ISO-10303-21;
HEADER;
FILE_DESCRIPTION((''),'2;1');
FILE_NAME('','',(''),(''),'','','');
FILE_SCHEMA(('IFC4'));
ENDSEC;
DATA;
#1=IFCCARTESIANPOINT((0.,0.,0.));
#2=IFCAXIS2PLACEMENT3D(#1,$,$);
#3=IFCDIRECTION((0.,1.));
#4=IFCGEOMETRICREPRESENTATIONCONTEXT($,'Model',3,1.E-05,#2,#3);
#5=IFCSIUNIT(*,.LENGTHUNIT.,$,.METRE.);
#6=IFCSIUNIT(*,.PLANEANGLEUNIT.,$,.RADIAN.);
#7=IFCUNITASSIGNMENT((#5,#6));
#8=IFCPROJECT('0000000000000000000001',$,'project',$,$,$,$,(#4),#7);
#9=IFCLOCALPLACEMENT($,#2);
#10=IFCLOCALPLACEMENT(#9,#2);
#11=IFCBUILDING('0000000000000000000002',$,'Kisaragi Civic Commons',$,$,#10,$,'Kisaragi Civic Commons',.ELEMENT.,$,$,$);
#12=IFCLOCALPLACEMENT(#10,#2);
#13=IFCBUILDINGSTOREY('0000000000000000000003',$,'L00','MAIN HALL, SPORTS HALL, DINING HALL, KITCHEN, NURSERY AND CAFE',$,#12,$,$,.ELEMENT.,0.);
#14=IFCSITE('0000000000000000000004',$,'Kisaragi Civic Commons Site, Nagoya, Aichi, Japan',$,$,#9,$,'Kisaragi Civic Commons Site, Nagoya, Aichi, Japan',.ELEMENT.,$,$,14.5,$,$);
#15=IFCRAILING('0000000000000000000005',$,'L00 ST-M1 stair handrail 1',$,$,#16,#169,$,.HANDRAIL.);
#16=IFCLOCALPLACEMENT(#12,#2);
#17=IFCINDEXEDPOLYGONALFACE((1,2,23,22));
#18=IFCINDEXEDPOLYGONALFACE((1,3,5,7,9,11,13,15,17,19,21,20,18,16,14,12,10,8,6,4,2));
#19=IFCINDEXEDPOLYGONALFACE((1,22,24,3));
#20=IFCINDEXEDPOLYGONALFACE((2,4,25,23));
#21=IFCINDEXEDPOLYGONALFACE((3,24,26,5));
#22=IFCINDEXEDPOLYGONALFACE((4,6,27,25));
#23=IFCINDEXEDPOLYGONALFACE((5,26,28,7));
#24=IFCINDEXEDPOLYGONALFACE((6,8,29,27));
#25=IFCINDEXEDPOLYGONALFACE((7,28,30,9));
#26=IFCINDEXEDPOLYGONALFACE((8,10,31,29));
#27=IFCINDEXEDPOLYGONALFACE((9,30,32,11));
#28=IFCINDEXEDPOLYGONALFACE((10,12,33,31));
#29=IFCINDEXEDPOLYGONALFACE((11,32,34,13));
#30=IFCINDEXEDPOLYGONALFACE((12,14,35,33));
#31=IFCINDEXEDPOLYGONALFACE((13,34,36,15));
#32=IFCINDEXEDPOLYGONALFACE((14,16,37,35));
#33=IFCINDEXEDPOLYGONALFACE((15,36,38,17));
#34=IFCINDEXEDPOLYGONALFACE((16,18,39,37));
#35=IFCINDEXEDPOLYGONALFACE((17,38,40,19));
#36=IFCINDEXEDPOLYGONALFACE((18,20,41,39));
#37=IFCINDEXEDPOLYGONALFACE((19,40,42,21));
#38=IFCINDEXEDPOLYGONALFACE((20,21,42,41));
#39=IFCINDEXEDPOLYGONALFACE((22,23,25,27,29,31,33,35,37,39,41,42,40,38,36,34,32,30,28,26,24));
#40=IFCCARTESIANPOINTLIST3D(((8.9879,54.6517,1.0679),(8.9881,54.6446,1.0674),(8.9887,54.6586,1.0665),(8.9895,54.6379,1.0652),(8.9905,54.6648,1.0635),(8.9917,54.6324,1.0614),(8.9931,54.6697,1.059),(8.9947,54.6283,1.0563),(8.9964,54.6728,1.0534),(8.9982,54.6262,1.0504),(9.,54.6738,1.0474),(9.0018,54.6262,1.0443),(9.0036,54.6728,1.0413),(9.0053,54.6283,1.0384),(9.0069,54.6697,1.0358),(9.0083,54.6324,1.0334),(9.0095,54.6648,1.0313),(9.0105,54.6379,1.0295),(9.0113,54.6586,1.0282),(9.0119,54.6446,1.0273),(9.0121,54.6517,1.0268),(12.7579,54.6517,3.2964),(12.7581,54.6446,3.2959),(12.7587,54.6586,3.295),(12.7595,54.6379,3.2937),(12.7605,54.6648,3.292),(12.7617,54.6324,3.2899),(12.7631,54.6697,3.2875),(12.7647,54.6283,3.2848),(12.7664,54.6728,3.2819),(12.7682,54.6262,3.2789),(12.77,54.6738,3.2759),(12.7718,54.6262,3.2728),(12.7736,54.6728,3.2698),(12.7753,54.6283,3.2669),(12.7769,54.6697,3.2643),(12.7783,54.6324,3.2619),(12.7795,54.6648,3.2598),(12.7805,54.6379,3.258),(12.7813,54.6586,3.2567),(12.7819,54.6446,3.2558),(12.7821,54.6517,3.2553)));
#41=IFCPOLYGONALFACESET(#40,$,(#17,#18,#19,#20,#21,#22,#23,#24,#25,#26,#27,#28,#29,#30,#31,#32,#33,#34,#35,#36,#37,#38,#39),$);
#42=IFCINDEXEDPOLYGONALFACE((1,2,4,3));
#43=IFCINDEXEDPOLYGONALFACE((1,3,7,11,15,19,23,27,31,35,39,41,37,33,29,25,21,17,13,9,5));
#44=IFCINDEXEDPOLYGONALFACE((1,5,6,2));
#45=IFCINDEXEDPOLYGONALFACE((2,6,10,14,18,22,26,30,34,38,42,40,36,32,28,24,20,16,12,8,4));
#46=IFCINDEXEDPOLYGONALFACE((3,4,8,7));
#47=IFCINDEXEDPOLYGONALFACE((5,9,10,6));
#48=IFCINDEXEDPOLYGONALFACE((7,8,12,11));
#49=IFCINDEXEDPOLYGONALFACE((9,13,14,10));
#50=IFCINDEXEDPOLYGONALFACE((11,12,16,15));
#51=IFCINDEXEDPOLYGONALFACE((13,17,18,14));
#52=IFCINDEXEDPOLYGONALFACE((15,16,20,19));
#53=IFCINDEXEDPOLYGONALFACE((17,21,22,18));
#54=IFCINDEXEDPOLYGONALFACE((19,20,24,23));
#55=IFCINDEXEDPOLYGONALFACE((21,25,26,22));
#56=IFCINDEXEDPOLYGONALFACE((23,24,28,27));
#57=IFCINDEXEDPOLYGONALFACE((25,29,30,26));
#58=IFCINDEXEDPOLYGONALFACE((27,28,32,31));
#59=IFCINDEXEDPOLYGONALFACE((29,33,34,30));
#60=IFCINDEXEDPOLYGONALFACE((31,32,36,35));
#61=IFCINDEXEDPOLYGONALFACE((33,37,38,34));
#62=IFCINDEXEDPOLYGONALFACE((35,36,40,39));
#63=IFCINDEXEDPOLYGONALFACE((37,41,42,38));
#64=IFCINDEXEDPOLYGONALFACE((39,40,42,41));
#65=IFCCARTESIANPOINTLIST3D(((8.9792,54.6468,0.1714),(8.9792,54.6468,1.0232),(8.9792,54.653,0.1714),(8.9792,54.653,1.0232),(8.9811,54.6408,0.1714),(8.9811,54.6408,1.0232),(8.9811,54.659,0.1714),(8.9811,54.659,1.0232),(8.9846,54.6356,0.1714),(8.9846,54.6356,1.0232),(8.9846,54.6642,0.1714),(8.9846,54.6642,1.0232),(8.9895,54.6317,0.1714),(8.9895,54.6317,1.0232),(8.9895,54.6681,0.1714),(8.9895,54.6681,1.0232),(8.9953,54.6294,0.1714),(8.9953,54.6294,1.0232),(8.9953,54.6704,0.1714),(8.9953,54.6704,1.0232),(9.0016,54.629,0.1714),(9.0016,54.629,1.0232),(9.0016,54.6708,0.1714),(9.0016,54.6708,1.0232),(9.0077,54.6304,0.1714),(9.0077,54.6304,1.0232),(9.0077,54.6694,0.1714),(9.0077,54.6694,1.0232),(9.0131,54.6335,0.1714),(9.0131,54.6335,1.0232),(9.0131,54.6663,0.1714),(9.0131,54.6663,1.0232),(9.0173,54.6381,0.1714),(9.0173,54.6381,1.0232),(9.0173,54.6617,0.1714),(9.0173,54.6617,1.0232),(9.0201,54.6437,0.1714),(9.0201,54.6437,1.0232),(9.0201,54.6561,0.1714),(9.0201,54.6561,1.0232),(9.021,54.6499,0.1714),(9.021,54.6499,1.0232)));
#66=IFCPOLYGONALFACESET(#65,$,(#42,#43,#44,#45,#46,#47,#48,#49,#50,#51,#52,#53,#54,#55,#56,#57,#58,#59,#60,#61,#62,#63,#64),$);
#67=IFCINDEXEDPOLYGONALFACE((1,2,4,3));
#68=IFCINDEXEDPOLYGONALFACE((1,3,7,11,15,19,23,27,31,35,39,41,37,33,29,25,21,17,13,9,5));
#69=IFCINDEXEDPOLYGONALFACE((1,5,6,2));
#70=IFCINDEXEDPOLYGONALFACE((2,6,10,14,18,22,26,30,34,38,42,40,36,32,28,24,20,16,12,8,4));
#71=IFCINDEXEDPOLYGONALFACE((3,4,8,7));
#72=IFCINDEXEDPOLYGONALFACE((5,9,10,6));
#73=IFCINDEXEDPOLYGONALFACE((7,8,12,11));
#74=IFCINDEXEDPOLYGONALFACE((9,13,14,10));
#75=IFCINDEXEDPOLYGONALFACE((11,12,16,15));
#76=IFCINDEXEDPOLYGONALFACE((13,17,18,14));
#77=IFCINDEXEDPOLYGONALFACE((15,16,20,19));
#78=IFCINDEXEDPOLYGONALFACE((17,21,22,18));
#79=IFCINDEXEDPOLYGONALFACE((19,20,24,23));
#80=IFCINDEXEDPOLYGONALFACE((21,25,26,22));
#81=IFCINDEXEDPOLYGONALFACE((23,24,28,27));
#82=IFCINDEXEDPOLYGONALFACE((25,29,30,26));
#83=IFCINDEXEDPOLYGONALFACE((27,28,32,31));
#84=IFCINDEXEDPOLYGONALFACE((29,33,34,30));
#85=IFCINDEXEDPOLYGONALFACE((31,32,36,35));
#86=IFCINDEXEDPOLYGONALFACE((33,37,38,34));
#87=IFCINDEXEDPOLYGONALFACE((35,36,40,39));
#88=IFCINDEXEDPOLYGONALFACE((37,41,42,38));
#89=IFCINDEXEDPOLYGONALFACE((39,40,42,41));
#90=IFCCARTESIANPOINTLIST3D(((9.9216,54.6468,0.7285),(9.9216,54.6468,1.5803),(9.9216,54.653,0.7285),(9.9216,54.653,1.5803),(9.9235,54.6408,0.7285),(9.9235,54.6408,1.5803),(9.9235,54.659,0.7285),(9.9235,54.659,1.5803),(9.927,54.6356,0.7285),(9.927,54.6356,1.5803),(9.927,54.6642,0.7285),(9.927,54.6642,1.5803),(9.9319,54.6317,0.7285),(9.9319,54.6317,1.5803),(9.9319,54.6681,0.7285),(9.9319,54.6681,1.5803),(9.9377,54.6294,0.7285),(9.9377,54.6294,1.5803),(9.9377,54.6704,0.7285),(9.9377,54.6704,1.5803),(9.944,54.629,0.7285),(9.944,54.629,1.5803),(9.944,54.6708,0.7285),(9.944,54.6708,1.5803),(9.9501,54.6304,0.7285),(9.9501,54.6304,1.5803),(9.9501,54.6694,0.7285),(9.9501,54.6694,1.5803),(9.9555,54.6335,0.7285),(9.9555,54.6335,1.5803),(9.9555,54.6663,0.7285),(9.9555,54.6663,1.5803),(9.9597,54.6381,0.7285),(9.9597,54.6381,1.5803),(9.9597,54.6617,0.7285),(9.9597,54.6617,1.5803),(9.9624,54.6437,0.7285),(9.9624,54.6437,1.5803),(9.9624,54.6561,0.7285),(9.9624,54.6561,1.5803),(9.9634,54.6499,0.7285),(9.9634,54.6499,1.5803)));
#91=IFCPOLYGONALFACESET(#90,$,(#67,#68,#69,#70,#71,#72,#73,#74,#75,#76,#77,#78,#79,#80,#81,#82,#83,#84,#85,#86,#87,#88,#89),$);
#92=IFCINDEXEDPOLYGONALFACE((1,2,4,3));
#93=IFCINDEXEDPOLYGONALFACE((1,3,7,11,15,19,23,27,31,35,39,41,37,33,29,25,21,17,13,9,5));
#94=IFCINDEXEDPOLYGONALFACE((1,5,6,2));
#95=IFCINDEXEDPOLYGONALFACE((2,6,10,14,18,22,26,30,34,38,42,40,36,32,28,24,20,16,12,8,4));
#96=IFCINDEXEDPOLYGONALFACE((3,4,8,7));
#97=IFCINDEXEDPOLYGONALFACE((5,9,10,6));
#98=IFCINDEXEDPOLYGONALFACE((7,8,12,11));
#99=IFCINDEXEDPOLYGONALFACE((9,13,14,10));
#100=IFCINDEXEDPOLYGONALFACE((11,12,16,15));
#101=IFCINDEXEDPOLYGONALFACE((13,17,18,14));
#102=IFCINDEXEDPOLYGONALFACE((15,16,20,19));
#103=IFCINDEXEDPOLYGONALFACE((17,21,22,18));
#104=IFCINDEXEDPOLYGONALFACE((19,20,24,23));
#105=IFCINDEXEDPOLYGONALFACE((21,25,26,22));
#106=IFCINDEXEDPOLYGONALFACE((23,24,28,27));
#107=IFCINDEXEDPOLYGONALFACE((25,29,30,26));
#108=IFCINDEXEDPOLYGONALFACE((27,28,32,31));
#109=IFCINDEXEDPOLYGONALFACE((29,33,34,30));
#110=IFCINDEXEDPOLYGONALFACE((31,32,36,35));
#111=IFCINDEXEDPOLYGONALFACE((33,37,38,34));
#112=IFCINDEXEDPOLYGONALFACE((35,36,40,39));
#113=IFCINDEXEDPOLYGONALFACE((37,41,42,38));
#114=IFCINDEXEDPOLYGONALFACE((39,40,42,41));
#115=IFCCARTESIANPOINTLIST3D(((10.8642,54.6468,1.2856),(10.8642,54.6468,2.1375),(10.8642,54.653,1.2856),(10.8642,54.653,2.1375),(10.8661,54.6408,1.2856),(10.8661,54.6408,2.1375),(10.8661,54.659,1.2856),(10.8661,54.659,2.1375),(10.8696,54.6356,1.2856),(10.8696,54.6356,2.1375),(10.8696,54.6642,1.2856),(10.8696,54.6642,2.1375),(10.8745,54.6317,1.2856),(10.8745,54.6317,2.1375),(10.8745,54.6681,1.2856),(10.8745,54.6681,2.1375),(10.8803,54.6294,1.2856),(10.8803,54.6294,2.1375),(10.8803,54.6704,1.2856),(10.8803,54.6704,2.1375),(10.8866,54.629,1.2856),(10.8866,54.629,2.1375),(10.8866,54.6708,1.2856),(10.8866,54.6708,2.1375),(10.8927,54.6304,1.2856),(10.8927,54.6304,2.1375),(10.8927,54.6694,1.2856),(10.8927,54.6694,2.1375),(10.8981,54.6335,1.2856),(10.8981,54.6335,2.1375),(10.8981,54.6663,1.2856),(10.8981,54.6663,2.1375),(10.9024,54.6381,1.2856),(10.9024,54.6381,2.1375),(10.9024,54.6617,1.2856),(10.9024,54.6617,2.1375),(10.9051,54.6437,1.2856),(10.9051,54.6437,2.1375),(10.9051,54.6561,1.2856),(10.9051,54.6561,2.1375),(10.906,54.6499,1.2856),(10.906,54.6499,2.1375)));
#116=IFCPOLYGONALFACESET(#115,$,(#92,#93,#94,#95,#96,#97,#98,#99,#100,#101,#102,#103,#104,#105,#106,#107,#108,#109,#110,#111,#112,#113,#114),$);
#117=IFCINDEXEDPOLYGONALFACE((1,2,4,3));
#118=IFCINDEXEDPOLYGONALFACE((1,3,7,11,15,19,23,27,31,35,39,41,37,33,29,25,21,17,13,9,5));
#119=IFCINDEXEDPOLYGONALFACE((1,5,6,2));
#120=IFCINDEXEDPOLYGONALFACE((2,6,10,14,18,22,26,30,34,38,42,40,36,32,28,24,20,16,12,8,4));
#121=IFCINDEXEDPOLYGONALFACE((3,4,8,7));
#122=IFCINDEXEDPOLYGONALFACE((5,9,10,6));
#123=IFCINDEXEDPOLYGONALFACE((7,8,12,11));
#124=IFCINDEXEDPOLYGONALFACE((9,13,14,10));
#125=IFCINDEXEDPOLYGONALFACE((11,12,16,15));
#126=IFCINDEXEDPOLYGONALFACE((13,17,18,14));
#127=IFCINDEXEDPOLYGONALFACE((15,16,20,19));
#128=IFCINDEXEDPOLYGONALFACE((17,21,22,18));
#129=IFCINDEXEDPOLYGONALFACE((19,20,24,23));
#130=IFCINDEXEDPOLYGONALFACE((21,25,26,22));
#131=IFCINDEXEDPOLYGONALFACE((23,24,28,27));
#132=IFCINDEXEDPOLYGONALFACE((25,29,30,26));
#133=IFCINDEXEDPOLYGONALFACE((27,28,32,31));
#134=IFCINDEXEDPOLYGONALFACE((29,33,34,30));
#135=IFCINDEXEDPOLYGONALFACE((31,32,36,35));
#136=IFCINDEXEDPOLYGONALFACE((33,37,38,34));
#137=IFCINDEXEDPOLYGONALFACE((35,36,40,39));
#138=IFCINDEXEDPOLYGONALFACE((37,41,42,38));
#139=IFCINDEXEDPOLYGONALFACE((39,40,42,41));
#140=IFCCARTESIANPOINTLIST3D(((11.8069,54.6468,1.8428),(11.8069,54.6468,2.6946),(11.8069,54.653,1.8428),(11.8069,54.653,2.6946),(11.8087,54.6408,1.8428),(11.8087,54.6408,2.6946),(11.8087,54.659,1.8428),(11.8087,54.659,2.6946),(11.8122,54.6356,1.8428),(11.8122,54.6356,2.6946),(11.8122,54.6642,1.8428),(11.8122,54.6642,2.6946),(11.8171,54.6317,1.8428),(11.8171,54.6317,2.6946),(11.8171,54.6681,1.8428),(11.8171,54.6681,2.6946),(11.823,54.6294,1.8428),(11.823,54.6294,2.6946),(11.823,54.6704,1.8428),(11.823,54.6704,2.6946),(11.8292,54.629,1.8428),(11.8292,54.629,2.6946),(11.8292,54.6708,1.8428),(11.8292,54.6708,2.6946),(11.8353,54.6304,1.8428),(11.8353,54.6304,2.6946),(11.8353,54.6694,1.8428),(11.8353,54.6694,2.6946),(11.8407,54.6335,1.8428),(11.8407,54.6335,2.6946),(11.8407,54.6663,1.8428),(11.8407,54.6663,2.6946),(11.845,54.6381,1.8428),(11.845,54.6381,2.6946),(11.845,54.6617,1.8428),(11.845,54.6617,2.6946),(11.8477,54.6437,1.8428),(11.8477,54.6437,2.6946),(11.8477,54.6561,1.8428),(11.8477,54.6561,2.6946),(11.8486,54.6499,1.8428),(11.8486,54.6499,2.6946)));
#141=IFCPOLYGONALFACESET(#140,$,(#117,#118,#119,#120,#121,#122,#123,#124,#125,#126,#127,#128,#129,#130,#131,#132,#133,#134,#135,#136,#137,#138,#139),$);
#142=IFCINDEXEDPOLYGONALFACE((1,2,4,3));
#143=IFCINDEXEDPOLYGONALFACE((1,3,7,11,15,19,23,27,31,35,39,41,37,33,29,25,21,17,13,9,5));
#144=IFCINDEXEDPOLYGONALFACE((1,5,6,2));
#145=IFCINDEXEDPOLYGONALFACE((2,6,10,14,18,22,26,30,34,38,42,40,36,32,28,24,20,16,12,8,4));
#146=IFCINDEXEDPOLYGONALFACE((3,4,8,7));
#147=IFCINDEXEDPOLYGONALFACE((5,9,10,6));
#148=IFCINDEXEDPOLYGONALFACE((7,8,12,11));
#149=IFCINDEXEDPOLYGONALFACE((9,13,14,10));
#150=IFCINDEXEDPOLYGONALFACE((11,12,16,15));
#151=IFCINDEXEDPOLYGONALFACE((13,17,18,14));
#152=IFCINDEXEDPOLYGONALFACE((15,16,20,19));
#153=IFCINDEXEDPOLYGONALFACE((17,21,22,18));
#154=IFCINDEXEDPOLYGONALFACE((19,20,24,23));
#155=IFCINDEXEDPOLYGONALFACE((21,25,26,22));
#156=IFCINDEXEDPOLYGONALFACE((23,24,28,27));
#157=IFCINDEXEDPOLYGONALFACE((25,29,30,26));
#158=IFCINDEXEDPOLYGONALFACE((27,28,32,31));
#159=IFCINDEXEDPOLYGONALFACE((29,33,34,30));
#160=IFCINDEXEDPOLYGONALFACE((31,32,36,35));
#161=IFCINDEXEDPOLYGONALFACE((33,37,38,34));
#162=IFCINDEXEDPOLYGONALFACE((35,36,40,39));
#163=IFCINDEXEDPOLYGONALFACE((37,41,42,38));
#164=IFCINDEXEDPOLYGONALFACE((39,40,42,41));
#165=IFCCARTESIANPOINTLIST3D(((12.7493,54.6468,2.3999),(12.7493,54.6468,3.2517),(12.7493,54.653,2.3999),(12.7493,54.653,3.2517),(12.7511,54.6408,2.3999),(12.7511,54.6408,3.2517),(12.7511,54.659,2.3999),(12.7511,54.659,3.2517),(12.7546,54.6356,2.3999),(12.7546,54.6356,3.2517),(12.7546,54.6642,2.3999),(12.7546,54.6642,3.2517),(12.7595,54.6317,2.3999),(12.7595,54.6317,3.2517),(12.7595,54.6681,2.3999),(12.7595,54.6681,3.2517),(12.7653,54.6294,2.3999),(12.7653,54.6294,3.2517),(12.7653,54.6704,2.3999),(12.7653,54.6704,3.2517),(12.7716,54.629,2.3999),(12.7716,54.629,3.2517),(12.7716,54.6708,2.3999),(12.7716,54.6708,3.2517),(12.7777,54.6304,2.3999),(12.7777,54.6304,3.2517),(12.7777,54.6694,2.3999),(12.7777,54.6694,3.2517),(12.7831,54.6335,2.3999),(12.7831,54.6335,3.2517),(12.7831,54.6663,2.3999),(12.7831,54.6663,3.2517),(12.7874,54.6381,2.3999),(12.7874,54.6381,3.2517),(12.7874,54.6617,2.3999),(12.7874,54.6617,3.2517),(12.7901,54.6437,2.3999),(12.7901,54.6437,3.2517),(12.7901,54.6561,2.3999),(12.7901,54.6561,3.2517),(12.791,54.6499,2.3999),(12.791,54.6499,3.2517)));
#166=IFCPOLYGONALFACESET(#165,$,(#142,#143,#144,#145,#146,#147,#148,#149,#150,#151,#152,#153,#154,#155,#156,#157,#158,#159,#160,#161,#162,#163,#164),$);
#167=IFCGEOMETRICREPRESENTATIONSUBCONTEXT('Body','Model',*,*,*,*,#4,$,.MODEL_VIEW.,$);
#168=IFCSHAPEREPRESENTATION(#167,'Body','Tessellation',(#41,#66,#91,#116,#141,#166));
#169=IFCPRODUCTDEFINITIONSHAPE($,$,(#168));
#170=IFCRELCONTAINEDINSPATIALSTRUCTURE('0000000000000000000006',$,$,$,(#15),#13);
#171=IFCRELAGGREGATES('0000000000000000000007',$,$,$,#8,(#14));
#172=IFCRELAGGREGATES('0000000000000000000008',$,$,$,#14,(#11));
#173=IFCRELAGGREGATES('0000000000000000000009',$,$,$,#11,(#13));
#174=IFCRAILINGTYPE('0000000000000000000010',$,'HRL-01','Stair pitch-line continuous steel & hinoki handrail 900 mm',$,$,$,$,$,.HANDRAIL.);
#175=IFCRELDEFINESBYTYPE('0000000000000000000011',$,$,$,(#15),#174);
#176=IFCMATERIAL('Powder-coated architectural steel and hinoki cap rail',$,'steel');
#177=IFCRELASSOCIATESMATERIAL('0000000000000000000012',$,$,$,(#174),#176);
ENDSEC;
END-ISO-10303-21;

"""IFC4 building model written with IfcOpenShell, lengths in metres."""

from ifc_helpers import new_model, si_unit, direction, frame, origin, origin_2d, place, context, subcontext, project, spatial, circle, extrude, material, type_object, element, save


model = new_model("IFC4")

# Units and contexts
model_context = context("Model", 3, precision=1e-05, world=origin(), true_north=direction((0.0, 1.0)))
body_context = subcontext(model_context, "Body", "Model", "MODEL_VIEW")
ifc_project = project(units=[si_unit("LENGTHUNIT", "METRE"), si_unit("PLANEANGLEUNIT", "RADIAN")], contexts=[model_context])

# Site, building, storey
site_placement = place(None, origin())
site = spatial("IfcSite", under=ifc_project, at=site_placement, Name="Kisaragi Civic Commons Site, Nagoya, Aichi, Japan", LongName="Kisaragi Civic Commons Site, Nagoya, Aichi, Japan", CompositionType="ELEMENT", RefElevation=14.5)
building_placement = place(site_placement, origin())
building = spatial("IfcBuilding", under=site, at=building_placement, Name="Kisaragi Civic Commons", LongName="Kisaragi Civic Commons", CompositionType="ELEMENT")
storey_placement = place(building_placement, origin())
storey = spatial("IfcBuildingStorey", under=building, at=storey_placement, Name="L00", Description="MAIN HALL, SPORTS HALL, DINING HALL, KITCHEN, NURSERY AND CAFE", CompositionType="ELEMENT", Elevation=0.0)

# Railing
ifc_material_1 = material(Name="Powder-coated architectural steel and hinoki cap rail", Category="steel")
railing_type_1 = type_object("IfcRailingType", Name="HRL-01", Description="Stair pitch-line continuous steel & hinoki handrail 900 mm", PredefinedType="HANDRAIL", material=ifc_material_1)
railing_1_placement = place(storey_placement, frame((9.0, 54.6499, 0.1714)))
element("IfcRailing", 1, at=railing_1_placement, inside=storey, type_object=railing_type_1, Name="L00 ST-M1 stair handrail 1", PredefinedType="HANDRAIL", context=body_context, shape_type="SweptSolid", body=[
    extrude(circle(Radius=0.0239, at=origin_2d()), frame((0.0, 0.0, 0.876), z_axis=(0.860849, 0.0, 0.508861), x_axis=(0.0, 1.0, 0.0)), (0.0, 0.0, 1.0), 4.3794),
    extrude(circle(Radius=0.021, at=origin_2d()), origin(), (0.0, 0.0, 1.0), 0.8518),
    extrude(circle(Radius=0.021, at=origin_2d()), frame((0.9424, 0.0, 0.5571)), (0.0, 0.0, 1.0), 0.8518),
    extrude(circle(Radius=0.021, at=origin_2d()), frame((1.885, 0.0, 1.1143)), (0.0, 0.0, 1.0), 0.8518),
    extrude(circle(Radius=0.021, at=origin_2d()), frame((2.8276, 0.0, 1.6714)), (0.0, 0.0, 1.0), 0.8518),
    extrude(circle(Radius=0.021, at=origin_2d()), frame((3.77, 0.0, 2.2285)), (0.0, 0.0, 1.0), 0.8518),
])

save(model, "model.ifc")
